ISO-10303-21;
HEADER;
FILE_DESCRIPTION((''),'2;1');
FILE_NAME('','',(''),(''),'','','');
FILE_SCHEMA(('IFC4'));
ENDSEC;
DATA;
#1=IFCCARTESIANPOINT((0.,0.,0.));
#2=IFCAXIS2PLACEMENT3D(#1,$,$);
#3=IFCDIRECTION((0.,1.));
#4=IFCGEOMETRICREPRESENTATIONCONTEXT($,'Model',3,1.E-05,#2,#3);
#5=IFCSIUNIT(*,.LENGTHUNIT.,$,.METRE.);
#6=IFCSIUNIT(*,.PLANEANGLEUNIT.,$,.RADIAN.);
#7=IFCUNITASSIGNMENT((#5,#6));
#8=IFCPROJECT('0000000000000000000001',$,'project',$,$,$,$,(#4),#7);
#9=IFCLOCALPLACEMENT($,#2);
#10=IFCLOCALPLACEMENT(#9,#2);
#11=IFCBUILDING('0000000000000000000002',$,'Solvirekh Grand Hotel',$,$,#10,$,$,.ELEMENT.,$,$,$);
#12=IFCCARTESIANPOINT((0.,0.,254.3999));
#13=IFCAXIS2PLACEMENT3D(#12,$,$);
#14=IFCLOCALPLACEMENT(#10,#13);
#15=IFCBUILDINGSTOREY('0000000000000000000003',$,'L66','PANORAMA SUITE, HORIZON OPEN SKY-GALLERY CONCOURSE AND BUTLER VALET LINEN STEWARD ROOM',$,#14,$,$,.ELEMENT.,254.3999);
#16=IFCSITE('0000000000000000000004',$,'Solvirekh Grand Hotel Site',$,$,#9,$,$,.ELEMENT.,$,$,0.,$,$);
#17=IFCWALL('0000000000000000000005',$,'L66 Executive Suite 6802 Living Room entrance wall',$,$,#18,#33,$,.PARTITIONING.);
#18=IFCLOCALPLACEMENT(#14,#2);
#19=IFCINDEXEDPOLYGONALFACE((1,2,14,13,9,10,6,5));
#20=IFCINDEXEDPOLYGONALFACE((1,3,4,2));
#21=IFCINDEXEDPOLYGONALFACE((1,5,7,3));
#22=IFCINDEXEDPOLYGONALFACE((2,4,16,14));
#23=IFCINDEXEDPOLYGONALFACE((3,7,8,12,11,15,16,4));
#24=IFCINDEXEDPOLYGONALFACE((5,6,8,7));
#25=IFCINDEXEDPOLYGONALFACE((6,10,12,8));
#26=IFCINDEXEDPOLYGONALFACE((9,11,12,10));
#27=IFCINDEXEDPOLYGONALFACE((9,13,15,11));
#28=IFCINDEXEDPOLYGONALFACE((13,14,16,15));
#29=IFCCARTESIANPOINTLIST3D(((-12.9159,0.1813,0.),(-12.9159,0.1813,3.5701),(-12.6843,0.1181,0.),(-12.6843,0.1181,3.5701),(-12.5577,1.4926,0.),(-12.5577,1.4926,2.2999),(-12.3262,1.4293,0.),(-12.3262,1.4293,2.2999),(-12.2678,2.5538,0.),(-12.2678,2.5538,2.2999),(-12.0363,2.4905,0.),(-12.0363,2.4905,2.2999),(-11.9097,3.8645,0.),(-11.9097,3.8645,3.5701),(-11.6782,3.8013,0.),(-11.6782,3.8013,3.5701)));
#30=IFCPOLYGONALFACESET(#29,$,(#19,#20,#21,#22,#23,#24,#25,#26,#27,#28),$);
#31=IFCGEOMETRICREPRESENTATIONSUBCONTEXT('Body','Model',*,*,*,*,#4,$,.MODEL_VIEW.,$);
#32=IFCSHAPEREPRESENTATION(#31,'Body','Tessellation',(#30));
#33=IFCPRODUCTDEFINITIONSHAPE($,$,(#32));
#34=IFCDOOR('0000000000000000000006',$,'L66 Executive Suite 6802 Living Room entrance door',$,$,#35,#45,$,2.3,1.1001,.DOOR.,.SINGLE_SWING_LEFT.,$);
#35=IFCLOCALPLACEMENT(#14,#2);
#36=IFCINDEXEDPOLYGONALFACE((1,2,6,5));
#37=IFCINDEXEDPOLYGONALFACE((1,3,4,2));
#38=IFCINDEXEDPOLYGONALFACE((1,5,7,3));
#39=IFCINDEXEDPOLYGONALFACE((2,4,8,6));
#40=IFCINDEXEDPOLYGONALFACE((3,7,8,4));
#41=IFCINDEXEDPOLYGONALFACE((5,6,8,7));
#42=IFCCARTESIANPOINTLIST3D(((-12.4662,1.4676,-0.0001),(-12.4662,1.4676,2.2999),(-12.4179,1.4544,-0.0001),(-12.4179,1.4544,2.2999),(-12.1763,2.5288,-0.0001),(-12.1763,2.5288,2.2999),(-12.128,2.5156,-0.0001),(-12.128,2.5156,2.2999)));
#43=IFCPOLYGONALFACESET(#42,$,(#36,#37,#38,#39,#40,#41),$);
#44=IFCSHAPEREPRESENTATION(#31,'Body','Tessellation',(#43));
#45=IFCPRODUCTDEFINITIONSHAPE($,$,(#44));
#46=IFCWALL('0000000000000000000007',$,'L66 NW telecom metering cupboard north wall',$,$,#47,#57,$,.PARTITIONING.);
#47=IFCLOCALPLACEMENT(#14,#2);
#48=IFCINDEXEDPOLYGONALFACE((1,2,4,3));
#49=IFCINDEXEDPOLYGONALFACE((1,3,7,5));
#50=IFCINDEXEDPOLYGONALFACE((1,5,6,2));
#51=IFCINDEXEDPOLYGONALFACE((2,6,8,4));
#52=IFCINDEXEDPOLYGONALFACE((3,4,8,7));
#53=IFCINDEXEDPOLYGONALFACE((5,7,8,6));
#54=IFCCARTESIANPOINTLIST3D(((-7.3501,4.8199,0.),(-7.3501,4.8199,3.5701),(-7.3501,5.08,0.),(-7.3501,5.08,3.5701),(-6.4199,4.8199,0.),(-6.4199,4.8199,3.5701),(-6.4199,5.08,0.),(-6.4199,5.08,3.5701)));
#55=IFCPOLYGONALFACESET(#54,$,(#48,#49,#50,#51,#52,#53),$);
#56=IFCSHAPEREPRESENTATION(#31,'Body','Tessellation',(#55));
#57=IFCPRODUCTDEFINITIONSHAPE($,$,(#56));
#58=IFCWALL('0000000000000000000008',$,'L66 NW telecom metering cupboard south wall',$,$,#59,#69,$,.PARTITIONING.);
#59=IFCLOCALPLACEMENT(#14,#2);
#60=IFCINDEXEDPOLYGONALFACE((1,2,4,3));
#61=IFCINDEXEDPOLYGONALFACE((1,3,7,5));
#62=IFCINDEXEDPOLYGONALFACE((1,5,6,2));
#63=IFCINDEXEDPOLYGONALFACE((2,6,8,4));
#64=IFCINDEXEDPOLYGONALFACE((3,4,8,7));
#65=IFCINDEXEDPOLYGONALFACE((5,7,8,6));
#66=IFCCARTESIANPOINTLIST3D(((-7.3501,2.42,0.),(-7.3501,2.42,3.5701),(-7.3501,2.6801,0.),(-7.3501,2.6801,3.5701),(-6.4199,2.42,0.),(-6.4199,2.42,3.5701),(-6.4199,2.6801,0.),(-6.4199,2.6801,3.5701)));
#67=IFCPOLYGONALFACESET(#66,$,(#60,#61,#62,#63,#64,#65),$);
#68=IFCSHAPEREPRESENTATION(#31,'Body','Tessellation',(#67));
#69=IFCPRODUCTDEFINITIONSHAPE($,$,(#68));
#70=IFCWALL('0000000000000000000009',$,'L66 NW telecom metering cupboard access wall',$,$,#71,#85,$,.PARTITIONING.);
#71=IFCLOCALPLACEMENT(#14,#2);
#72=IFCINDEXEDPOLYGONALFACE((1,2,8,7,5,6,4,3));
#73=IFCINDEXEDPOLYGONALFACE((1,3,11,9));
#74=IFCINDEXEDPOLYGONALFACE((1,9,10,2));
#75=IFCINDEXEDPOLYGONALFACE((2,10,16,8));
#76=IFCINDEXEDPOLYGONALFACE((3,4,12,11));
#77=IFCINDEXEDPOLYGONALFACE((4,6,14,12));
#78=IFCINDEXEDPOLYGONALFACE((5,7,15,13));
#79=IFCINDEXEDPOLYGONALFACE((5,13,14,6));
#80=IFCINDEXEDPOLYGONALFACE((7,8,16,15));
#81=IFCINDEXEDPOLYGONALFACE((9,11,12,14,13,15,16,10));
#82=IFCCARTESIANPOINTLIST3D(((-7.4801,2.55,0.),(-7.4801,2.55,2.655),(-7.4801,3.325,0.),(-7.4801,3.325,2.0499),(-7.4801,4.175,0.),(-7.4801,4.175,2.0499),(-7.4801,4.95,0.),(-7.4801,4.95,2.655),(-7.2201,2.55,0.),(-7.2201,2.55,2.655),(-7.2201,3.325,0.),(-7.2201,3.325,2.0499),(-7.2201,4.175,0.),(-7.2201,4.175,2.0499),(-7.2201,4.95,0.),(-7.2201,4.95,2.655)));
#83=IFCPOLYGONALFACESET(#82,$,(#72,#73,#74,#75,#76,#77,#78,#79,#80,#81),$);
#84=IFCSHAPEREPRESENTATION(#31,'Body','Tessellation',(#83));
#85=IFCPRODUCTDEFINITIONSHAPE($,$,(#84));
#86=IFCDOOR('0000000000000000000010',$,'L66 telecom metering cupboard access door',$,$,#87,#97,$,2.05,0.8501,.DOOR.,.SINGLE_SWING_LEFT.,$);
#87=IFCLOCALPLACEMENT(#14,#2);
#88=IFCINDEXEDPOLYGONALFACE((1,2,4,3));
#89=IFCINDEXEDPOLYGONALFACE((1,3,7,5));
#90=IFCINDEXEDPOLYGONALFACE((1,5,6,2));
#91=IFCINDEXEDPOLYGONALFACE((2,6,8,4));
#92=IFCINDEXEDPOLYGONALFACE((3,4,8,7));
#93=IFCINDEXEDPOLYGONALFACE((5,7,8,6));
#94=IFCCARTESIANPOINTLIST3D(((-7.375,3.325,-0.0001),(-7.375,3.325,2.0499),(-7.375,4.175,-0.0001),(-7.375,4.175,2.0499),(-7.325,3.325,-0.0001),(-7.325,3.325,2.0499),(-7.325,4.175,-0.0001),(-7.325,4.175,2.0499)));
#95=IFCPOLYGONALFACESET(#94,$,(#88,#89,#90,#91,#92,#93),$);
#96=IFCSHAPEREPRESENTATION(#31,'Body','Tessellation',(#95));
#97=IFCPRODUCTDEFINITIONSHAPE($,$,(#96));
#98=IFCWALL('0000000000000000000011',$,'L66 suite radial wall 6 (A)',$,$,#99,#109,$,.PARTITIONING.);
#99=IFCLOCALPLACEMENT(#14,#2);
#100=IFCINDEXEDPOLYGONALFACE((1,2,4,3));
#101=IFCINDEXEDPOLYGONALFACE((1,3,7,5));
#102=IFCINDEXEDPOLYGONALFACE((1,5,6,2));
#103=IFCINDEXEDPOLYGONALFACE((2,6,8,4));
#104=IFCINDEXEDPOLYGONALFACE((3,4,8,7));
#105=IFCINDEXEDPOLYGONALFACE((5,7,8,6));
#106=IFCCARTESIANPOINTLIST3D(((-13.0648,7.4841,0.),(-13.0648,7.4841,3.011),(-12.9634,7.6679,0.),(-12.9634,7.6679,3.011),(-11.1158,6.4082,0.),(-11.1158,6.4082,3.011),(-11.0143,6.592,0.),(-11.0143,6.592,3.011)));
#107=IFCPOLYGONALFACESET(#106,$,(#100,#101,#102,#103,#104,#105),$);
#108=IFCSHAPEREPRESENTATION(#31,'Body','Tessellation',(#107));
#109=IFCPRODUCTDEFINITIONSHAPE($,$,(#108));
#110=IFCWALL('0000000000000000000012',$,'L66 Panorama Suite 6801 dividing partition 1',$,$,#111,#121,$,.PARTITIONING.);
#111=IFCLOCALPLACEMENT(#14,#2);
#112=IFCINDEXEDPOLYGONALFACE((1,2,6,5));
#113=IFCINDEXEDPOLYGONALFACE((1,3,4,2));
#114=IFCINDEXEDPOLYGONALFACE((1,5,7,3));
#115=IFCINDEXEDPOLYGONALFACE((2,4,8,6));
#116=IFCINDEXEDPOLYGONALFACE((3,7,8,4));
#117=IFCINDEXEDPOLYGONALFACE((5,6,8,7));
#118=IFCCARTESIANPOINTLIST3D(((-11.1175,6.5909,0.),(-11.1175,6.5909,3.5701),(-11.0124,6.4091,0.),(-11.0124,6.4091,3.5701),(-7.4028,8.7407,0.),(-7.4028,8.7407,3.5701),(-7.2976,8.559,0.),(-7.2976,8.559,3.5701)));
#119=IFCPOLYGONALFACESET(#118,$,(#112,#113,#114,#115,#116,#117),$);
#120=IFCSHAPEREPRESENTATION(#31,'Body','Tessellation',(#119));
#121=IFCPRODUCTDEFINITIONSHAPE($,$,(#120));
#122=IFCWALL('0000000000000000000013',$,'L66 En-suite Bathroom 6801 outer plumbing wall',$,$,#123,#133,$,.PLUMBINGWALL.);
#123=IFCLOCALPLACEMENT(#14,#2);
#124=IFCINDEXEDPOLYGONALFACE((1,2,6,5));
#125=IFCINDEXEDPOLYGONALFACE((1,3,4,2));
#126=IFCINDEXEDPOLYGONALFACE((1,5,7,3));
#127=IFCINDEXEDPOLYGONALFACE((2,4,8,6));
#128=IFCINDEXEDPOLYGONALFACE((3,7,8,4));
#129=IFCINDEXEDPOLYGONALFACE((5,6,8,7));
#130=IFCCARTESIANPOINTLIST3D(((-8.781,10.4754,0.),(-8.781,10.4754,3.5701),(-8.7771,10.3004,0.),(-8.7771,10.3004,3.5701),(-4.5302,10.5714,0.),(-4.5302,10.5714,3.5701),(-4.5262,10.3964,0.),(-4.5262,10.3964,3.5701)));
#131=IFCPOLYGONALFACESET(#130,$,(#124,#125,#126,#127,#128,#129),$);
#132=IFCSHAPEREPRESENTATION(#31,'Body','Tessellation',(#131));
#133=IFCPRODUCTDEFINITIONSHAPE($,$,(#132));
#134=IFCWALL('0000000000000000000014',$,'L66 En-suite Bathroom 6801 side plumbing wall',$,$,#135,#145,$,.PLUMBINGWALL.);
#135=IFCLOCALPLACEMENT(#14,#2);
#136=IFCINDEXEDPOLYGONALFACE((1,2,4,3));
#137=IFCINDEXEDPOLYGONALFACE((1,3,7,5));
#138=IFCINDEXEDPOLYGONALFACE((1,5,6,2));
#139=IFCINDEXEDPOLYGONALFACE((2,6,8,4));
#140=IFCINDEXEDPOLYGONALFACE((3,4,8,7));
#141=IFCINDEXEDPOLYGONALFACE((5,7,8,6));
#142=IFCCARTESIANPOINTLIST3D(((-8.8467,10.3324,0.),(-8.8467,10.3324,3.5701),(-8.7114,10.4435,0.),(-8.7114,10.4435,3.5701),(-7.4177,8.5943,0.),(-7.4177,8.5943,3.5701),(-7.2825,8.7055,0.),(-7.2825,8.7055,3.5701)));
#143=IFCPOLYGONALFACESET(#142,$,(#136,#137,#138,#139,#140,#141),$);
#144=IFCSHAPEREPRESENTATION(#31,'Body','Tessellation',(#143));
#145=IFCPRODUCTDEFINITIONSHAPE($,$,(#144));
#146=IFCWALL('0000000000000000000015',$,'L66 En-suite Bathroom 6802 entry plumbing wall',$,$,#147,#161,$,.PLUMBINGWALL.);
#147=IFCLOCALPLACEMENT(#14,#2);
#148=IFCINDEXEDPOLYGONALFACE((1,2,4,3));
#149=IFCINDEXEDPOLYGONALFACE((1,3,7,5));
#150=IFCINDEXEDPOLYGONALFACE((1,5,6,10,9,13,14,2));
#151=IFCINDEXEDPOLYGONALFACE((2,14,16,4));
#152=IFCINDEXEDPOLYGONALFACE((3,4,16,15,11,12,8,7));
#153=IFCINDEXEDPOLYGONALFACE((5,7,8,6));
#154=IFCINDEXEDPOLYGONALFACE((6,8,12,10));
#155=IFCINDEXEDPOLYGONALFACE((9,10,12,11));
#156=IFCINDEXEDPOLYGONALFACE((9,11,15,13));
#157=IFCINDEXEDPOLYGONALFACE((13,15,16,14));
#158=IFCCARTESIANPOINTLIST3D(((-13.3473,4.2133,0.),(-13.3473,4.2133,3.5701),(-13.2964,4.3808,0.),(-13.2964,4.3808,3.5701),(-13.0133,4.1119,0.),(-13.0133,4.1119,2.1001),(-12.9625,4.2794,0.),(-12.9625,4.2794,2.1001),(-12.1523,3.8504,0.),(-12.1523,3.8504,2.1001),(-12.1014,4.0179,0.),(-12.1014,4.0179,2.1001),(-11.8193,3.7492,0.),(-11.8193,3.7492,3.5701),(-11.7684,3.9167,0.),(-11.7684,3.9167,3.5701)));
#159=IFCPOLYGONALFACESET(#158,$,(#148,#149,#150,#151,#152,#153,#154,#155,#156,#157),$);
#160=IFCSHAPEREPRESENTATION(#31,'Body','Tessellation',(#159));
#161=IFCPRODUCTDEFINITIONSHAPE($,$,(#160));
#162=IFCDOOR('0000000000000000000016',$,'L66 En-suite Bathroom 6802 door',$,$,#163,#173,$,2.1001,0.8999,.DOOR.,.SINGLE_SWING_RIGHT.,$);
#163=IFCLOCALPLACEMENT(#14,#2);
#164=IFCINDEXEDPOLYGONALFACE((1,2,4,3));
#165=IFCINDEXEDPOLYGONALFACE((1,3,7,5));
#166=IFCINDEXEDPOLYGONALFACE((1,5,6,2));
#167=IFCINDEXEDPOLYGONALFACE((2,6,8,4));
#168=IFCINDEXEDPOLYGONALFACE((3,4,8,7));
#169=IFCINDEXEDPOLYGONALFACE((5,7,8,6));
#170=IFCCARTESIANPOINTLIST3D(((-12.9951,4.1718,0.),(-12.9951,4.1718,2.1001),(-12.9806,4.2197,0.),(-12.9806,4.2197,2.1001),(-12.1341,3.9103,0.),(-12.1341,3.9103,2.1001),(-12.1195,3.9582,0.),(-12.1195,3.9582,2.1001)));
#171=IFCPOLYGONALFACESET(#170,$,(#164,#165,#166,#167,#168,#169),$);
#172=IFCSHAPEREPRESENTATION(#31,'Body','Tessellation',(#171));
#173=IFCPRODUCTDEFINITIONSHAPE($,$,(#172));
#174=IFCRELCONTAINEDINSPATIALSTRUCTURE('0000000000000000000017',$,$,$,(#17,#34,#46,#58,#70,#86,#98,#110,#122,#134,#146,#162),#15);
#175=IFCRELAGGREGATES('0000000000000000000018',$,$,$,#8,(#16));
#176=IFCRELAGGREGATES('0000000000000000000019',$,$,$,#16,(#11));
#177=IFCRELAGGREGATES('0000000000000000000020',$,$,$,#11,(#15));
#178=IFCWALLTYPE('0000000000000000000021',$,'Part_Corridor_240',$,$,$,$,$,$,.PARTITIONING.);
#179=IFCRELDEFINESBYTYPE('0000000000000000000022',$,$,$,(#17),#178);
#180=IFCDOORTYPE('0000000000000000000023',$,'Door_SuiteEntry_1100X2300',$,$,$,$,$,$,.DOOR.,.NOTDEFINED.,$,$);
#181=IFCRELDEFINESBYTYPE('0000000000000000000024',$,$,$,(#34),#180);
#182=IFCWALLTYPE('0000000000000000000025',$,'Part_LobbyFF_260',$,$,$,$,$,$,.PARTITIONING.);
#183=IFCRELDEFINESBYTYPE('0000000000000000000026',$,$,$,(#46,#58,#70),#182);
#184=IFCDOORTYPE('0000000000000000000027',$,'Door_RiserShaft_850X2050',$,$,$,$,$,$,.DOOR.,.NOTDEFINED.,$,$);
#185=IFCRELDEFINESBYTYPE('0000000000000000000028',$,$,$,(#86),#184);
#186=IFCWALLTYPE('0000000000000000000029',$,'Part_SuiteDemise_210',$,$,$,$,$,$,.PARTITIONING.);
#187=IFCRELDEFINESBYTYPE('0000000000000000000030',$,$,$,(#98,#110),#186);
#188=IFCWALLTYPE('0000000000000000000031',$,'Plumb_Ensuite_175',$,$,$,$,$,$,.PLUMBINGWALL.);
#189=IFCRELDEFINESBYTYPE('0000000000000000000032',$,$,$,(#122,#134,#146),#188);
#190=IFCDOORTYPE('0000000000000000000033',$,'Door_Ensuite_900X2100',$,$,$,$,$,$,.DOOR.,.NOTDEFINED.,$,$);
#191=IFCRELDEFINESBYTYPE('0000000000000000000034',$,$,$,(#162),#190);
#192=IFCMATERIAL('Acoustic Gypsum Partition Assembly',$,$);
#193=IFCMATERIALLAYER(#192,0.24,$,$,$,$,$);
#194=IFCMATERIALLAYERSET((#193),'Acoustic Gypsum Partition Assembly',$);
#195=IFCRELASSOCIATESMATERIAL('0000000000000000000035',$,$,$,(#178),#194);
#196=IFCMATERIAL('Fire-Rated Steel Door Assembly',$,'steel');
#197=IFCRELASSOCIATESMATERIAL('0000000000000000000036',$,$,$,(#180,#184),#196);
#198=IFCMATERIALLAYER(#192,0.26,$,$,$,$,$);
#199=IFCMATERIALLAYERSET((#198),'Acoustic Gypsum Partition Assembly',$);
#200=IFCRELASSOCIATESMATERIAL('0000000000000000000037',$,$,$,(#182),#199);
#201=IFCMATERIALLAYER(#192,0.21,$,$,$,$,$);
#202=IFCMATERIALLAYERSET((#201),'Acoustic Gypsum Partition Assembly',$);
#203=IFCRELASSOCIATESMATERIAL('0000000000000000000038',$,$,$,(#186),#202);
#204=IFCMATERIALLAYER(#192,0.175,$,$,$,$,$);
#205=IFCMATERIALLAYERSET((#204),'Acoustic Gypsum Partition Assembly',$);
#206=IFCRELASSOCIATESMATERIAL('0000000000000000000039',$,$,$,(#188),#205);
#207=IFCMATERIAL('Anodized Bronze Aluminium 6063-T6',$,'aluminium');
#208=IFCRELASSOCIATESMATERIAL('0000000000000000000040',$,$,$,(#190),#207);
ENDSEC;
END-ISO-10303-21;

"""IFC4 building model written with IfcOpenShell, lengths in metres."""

from ifc_helpers import new_model, si_unit, direction, frame, frame_2d, origin, place, context, subcontext, project, spatial, rectangle, extrude, material, layer, layer_set, type_object, element, fill, save


model = new_model("IFC4")

# Units and contexts
model_context = context("Model", 3, precision=1e-05, world=origin(), true_north=direction((0.0, 1.0)))
body_context = subcontext(model_context, "Body", "Model", "MODEL_VIEW")
ifc_project = project(units=[si_unit("LENGTHUNIT", "METRE"), si_unit("PLANEANGLEUNIT", "RADIAN")], contexts=[model_context])

# Site, building, storey
site_placement = place(None, origin())
site = spatial("IfcSite", under=ifc_project, at=site_placement, Name="Solvirekh Grand Hotel Site", CompositionType="ELEMENT", RefElevation=0.0)
building_placement = place(site_placement, origin())
building = spatial("IfcBuilding", under=site, at=building_placement, Name="Solvirekh Grand Hotel", CompositionType="ELEMENT")
storey_placement = place(building_placement, frame((0.0, 0.0, 254.3999)))
storey = spatial("IfcBuildingStorey", under=building, at=storey_placement, Name="L66", Description="PANORAMA SUITE, HORIZON OPEN SKY-GALLERY CONCOURSE AND BUTLER VALET LINEN STEWARD ROOM", CompositionType="ELEMENT", Elevation=254.3999)

# Shared definitions
ifc_material_1 = material(Name="Anodized Bronze Aluminium 6063-T6", Category="aluminium")

# Shared definitions
ifc_material_2 = material(Name="Acoustic Gypsum Partition Assembly")
ifc_layer_1 = layer(ifc_material_2, 0.24)
ifc_layer_set_1 = layer_set([ifc_layer_1], Name="Acoustic Gypsum Partition Assembly")
wall_type_1 = type_object("IfcWallType", Name="Part_Corridor_240", PredefinedType="PARTITIONING", material=ifc_layer_set_1)

# Wall, opening, door
wall_1_placement = place(storey_placement, frame((-11.7939, 3.833, 0.0), z_axis=(0.0, 0.0, 1.0), x_axis=(-0.263512, -0.964656, 0.0)))
wall_1 = element("IfcWall", 1, at=wall_1_placement, inside=storey, type_object=wall_type_1, Name="L66 Executive Suite 6802 Living Room entrance wall", PredefinedType="PARTITIONING", context=body_context, shape_type="SweptSolid", body=[
    extrude(rectangle(XDim=3.8181, YDim=0.24, at=frame_2d((1.9092, 0.0))), origin(), (0.0, 0.0, 1.0), 3.5701),
])
opening_1_placement = place(wall_1_placement, frame((1.3589, 0.0, 0.0)))
opening_1 = element("IfcOpeningElement", 2, at=opening_1_placement, cuts=wall_1, PredefinedType="OPENING", context=body_context, shape_type="SweptSolid", body=[
    extrude(rectangle(XDim=1.1001, YDim=2.3, at=frame_2d((0.55, 1.1499))), frame((0.0, 0.1299, 0.0), z_axis=(0.0, -1.0, 0.0), x_axis=(1.0, 0.0, 0.0)), (0.0, 0.0, 1.0), 0.26),
])
ifc_material_3 = material(Name="Fire-Rated Steel Door Assembly", Category="steel")
door_type_1 = type_object("IfcDoorType", Name="Door_SuiteEntry_1100X2300", OperationType="NOTDEFINED", PredefinedType="DOOR", material=ifc_material_3)
door_1_placement = place(opening_1_placement, origin())
door_1 = element("IfcDoor", 3, at=door_1_placement, inside=storey, type_object=door_type_1, Name="L66 Executive Suite 6802 Living Room entrance door", OperationType="SINGLE_SWING_LEFT", OverallHeight=2.3, OverallWidth=1.1001, PredefinedType="DOOR", context=body_context, shape_type="SweptSolid", body=[
    extrude(rectangle(XDim=1.1001, YDim=2.3, at=frame_2d((0.55, 1.1499))), frame((0.0, 0.0249, 0.0), z_axis=(0.0, -1.0, 0.0), x_axis=(1.0, 0.0, 0.0)), (0.0, 0.0, 1.0), 0.05),
])
fill(opening_1, door_1)

# Walls
ifc_layer_2 = layer(ifc_material_2, 0.26)
ifc_layer_set_2 = layer_set([ifc_layer_2], Name="Acoustic Gypsum Partition Assembly")
wall_type_2 = type_object("IfcWallType", Name="Part_LobbyFF_260", PredefinedType="PARTITIONING", material=ifc_layer_set_2)
for number, where, z_axis, x_axis, name in (
    (4, (-7.3501, 4.95, 0.0), (0.0, 0.0, 1.0), (1.0, 0.0, 0.0), "L66 NW telecom metering cupboard north wall"),
    (5, (-7.3501, 2.55, 0.0), (0.0, 0.0, 1.0), (1.0, 0.0, 0.0), "L66 NW telecom metering cupboard south wall"),
):
    element("IfcWall", number, at=place(storey_placement, frame(where, z_axis=z_axis, x_axis=x_axis)), inside=storey, type_object=wall_type_2, Name=name, PredefinedType="PARTITIONING", context=body_context, shape_type="SweptSolid", body=[
        extrude(rectangle(XDim=0.9302, YDim=0.26, at=frame_2d((0.4651, 0.0))), origin(), (0.0, 0.0, 1.0), 3.5701),
    ])

# Wall, opening, door
wall_2_placement = place(storey_placement, frame((-7.3501, 2.55, 0.0), z_axis=(0.0, 0.0, 1.0), x_axis=(0.0, 1.0, 0.0)))
wall_2 = element("IfcWall", 6, at=wall_2_placement, inside=storey, type_object=wall_type_2, Name="L66 NW telecom metering cupboard access wall", PredefinedType="PARTITIONING", context=body_context, shape_type="SweptSolid", body=[
    extrude(rectangle(XDim=2.3999, YDim=0.26, at=frame_2d((1.2, 0.0))), origin(), (0.0, 0.0, 1.0), 2.655),
])
opening_2_placement = place(wall_2_placement, frame((0.7749, 0.0, 0.0)))
opening_2 = element("IfcOpeningElement", 7, at=opening_2_placement, cuts=wall_2, PredefinedType="OPENING", context=body_context, shape_type="SweptSolid", body=[
    extrude(rectangle(XDim=0.8501, YDim=2.05, at=frame_2d((0.425, 1.0249))), frame((0.0, 0.1401, 0.0), z_axis=(0.0, -1.0, 0.0), x_axis=(1.0, 0.0, 0.0)), (0.0, 0.0, 1.0), 0.28),
])
door_type_2 = type_object("IfcDoorType", Name="Door_RiserShaft_850X2050", OperationType="NOTDEFINED", PredefinedType="DOOR", material=ifc_material_3)
door_2_placement = place(opening_2_placement, origin())
door_2 = element("IfcDoor", 8, at=door_2_placement, inside=storey, type_object=door_type_2, Name="L66 telecom metering cupboard access door", OperationType="SINGLE_SWING_LEFT", OverallHeight=2.05, OverallWidth=0.8501, PredefinedType="DOOR", context=body_context, shape_type="SweptSolid", body=[
    extrude(rectangle(XDim=0.8501, YDim=2.05, at=frame_2d((0.425, 1.0249))), frame((0.0, 0.0249, 0.0), z_axis=(0.0, -1.0, 0.0), x_axis=(1.0, 0.0, 0.0)), (0.0, 0.0, 1.0), 0.05),
])
fill(opening_2, door_2)

# Walls
ifc_layer_3 = layer(ifc_material_2, 0.21)
ifc_layer_set_3 = layer_set([ifc_layer_3], Name="Acoustic Gypsum Partition Assembly")
wall_type_3 = type_object("IfcWallType", Name="Part_SuiteDemise_210", PredefinedType="PARTITIONING", material=ifc_layer_set_3)
wall_3_placement = place(storey_placement, frame((-11.0649, 6.5, 0.0), z_axis=(0.0, 0.0, 1.0), x_axis=(-0.875458, 0.483295, 0.0)))
element("IfcWall", 9, at=wall_3_placement, inside=storey, type_object=wall_type_3, Name="L66 suite radial wall 6 (A)", PredefinedType="PARTITIONING", context=body_context, shape_type="SweptSolid", body=[
    extrude(rectangle(XDim=2.2263, YDim=0.21, at=frame_2d((1.1133, 0.0))), origin(), (0.0, 0.0, 1.0), 3.011),
])
wall_4_placement = place(storey_placement, frame((-11.0649, 6.5, 0.0), z_axis=(0.0, 0.0, 1.0), x_axis=(0.865507, 0.500897, 0.0)))
element("IfcWall", 10, at=wall_4_placement, inside=storey, type_object=wall_type_3, Name="L66 Panorama Suite 6801 dividing partition 1", PredefinedType="PARTITIONING", context=body_context, shape_type="SweptSolid", body=[
    extrude(rectangle(XDim=4.292, YDim=0.21, at=frame_2d((2.146, 0.0))), origin(), (0.0, 0.0, 1.0), 3.5701),
])
ifc_layer_4 = layer(ifc_material_2, 0.175)
ifc_layer_set_4 = layer_set([ifc_layer_4], Name="Acoustic Gypsum Partition Assembly")
wall_type_4 = type_object("IfcWallType", Name="Plumb_Ensuite_175", PredefinedType="PLUMBINGWALL", material=ifc_layer_set_4)
wall_5_placement = place(storey_placement, frame((-8.7791, 10.3879, 0.0), z_axis=(0.0, 0.0, 1.0), x_axis=(0.999745, 0.022565, 0.0)))
element("IfcWall", 11, at=wall_5_placement, inside=storey, type_object=wall_type_4, Name="L66 En-suite Bathroom 6801 outer plumbing wall", PredefinedType="PLUMBINGWALL", context=body_context, shape_type="SweptSolid", body=[
    extrude(rectangle(XDim=4.252, YDim=0.175, at=frame_2d((2.126, 0.0))), origin(), (0.0, 0.0, 1.0), 3.5701),
])
wall_6_placement = place(storey_placement, frame((-8.7791, 10.3879, 0.0), z_axis=(0.0, 0.0, 1.0), x_axis=(0.63508, -0.772447, 0.0)))
element("IfcWall", 12, at=wall_6_placement, inside=storey, type_object=wall_type_4, Name="L66 En-suite Bathroom 6801 side plumbing wall", PredefinedType="PLUMBINGWALL", context=body_context, shape_type="SweptSolid", body=[
    extrude(rectangle(XDim=2.25, YDim=0.175, at=frame_2d((1.125, 0.0))), origin(), (0.0, 0.0, 1.0), 3.5701),
])

# Wall, opening, door
wall_7_placement = place(storey_placement, frame((-11.7939, 3.833, 0.0), z_axis=(0.0, 0.0, 1.0), x_axis=(-0.95684, 0.290614, 0.0)))
wall_7 = element("IfcWall", 13, at=wall_7_placement, inside=storey, type_object=wall_type_4, Name="L66 En-suite Bathroom 6802 entry plumbing wall", PredefinedType="PLUMBINGWALL", context=body_context, shape_type="SweptSolid", body=[
    extrude(rectangle(XDim=1.5969, YDim=0.175, at=frame_2d((0.7983, 0.0))), origin(), (0.0, 0.0, 1.0), 3.5701),
])
opening_3_placement = place(wall_7_placement, frame((0.3479, 0.0, 0.0)))
opening_3 = element("IfcOpeningElement", 14, at=opening_3_placement, cuts=wall_7, PredefinedType="OPENING", context=body_context, shape_type="SweptSolid", body=[
    extrude(rectangle(XDim=0.8999, YDim=2.1001, at=frame_2d((0.45, 1.05))), frame((0.0, 0.0977, 0.0), z_axis=(0.0, -1.0, 0.0), x_axis=(1.0, 0.0, 0.0)), (0.0, 0.0, 1.0), 0.1951),
])
door_type_3 = type_object("IfcDoorType", Name="Door_Ensuite_900X2100", OperationType="NOTDEFINED", PredefinedType="DOOR", material=ifc_material_1)
door_3_placement = place(opening_3_placement, origin())
door_3 = element("IfcDoor", 15, at=door_3_placement, inside=storey, type_object=door_type_3, Name="L66 En-suite Bathroom 6802 door", OperationType="SINGLE_SWING_RIGHT", OverallHeight=2.1001, OverallWidth=0.8999, PredefinedType="DOOR", context=body_context, shape_type="SweptSolid", body=[
    extrude(rectangle(XDim=0.8999, YDim=2.1001, at=frame_2d((0.45, 1.05))), frame((0.0, 0.0249, 0.0), z_axis=(0.0, -1.0, 0.0), x_axis=(1.0, 0.0, 0.0)), (0.0, 0.0, 1.0), 0.05),
])
fill(opening_3, door_3)

save(model, "model.ifc")
